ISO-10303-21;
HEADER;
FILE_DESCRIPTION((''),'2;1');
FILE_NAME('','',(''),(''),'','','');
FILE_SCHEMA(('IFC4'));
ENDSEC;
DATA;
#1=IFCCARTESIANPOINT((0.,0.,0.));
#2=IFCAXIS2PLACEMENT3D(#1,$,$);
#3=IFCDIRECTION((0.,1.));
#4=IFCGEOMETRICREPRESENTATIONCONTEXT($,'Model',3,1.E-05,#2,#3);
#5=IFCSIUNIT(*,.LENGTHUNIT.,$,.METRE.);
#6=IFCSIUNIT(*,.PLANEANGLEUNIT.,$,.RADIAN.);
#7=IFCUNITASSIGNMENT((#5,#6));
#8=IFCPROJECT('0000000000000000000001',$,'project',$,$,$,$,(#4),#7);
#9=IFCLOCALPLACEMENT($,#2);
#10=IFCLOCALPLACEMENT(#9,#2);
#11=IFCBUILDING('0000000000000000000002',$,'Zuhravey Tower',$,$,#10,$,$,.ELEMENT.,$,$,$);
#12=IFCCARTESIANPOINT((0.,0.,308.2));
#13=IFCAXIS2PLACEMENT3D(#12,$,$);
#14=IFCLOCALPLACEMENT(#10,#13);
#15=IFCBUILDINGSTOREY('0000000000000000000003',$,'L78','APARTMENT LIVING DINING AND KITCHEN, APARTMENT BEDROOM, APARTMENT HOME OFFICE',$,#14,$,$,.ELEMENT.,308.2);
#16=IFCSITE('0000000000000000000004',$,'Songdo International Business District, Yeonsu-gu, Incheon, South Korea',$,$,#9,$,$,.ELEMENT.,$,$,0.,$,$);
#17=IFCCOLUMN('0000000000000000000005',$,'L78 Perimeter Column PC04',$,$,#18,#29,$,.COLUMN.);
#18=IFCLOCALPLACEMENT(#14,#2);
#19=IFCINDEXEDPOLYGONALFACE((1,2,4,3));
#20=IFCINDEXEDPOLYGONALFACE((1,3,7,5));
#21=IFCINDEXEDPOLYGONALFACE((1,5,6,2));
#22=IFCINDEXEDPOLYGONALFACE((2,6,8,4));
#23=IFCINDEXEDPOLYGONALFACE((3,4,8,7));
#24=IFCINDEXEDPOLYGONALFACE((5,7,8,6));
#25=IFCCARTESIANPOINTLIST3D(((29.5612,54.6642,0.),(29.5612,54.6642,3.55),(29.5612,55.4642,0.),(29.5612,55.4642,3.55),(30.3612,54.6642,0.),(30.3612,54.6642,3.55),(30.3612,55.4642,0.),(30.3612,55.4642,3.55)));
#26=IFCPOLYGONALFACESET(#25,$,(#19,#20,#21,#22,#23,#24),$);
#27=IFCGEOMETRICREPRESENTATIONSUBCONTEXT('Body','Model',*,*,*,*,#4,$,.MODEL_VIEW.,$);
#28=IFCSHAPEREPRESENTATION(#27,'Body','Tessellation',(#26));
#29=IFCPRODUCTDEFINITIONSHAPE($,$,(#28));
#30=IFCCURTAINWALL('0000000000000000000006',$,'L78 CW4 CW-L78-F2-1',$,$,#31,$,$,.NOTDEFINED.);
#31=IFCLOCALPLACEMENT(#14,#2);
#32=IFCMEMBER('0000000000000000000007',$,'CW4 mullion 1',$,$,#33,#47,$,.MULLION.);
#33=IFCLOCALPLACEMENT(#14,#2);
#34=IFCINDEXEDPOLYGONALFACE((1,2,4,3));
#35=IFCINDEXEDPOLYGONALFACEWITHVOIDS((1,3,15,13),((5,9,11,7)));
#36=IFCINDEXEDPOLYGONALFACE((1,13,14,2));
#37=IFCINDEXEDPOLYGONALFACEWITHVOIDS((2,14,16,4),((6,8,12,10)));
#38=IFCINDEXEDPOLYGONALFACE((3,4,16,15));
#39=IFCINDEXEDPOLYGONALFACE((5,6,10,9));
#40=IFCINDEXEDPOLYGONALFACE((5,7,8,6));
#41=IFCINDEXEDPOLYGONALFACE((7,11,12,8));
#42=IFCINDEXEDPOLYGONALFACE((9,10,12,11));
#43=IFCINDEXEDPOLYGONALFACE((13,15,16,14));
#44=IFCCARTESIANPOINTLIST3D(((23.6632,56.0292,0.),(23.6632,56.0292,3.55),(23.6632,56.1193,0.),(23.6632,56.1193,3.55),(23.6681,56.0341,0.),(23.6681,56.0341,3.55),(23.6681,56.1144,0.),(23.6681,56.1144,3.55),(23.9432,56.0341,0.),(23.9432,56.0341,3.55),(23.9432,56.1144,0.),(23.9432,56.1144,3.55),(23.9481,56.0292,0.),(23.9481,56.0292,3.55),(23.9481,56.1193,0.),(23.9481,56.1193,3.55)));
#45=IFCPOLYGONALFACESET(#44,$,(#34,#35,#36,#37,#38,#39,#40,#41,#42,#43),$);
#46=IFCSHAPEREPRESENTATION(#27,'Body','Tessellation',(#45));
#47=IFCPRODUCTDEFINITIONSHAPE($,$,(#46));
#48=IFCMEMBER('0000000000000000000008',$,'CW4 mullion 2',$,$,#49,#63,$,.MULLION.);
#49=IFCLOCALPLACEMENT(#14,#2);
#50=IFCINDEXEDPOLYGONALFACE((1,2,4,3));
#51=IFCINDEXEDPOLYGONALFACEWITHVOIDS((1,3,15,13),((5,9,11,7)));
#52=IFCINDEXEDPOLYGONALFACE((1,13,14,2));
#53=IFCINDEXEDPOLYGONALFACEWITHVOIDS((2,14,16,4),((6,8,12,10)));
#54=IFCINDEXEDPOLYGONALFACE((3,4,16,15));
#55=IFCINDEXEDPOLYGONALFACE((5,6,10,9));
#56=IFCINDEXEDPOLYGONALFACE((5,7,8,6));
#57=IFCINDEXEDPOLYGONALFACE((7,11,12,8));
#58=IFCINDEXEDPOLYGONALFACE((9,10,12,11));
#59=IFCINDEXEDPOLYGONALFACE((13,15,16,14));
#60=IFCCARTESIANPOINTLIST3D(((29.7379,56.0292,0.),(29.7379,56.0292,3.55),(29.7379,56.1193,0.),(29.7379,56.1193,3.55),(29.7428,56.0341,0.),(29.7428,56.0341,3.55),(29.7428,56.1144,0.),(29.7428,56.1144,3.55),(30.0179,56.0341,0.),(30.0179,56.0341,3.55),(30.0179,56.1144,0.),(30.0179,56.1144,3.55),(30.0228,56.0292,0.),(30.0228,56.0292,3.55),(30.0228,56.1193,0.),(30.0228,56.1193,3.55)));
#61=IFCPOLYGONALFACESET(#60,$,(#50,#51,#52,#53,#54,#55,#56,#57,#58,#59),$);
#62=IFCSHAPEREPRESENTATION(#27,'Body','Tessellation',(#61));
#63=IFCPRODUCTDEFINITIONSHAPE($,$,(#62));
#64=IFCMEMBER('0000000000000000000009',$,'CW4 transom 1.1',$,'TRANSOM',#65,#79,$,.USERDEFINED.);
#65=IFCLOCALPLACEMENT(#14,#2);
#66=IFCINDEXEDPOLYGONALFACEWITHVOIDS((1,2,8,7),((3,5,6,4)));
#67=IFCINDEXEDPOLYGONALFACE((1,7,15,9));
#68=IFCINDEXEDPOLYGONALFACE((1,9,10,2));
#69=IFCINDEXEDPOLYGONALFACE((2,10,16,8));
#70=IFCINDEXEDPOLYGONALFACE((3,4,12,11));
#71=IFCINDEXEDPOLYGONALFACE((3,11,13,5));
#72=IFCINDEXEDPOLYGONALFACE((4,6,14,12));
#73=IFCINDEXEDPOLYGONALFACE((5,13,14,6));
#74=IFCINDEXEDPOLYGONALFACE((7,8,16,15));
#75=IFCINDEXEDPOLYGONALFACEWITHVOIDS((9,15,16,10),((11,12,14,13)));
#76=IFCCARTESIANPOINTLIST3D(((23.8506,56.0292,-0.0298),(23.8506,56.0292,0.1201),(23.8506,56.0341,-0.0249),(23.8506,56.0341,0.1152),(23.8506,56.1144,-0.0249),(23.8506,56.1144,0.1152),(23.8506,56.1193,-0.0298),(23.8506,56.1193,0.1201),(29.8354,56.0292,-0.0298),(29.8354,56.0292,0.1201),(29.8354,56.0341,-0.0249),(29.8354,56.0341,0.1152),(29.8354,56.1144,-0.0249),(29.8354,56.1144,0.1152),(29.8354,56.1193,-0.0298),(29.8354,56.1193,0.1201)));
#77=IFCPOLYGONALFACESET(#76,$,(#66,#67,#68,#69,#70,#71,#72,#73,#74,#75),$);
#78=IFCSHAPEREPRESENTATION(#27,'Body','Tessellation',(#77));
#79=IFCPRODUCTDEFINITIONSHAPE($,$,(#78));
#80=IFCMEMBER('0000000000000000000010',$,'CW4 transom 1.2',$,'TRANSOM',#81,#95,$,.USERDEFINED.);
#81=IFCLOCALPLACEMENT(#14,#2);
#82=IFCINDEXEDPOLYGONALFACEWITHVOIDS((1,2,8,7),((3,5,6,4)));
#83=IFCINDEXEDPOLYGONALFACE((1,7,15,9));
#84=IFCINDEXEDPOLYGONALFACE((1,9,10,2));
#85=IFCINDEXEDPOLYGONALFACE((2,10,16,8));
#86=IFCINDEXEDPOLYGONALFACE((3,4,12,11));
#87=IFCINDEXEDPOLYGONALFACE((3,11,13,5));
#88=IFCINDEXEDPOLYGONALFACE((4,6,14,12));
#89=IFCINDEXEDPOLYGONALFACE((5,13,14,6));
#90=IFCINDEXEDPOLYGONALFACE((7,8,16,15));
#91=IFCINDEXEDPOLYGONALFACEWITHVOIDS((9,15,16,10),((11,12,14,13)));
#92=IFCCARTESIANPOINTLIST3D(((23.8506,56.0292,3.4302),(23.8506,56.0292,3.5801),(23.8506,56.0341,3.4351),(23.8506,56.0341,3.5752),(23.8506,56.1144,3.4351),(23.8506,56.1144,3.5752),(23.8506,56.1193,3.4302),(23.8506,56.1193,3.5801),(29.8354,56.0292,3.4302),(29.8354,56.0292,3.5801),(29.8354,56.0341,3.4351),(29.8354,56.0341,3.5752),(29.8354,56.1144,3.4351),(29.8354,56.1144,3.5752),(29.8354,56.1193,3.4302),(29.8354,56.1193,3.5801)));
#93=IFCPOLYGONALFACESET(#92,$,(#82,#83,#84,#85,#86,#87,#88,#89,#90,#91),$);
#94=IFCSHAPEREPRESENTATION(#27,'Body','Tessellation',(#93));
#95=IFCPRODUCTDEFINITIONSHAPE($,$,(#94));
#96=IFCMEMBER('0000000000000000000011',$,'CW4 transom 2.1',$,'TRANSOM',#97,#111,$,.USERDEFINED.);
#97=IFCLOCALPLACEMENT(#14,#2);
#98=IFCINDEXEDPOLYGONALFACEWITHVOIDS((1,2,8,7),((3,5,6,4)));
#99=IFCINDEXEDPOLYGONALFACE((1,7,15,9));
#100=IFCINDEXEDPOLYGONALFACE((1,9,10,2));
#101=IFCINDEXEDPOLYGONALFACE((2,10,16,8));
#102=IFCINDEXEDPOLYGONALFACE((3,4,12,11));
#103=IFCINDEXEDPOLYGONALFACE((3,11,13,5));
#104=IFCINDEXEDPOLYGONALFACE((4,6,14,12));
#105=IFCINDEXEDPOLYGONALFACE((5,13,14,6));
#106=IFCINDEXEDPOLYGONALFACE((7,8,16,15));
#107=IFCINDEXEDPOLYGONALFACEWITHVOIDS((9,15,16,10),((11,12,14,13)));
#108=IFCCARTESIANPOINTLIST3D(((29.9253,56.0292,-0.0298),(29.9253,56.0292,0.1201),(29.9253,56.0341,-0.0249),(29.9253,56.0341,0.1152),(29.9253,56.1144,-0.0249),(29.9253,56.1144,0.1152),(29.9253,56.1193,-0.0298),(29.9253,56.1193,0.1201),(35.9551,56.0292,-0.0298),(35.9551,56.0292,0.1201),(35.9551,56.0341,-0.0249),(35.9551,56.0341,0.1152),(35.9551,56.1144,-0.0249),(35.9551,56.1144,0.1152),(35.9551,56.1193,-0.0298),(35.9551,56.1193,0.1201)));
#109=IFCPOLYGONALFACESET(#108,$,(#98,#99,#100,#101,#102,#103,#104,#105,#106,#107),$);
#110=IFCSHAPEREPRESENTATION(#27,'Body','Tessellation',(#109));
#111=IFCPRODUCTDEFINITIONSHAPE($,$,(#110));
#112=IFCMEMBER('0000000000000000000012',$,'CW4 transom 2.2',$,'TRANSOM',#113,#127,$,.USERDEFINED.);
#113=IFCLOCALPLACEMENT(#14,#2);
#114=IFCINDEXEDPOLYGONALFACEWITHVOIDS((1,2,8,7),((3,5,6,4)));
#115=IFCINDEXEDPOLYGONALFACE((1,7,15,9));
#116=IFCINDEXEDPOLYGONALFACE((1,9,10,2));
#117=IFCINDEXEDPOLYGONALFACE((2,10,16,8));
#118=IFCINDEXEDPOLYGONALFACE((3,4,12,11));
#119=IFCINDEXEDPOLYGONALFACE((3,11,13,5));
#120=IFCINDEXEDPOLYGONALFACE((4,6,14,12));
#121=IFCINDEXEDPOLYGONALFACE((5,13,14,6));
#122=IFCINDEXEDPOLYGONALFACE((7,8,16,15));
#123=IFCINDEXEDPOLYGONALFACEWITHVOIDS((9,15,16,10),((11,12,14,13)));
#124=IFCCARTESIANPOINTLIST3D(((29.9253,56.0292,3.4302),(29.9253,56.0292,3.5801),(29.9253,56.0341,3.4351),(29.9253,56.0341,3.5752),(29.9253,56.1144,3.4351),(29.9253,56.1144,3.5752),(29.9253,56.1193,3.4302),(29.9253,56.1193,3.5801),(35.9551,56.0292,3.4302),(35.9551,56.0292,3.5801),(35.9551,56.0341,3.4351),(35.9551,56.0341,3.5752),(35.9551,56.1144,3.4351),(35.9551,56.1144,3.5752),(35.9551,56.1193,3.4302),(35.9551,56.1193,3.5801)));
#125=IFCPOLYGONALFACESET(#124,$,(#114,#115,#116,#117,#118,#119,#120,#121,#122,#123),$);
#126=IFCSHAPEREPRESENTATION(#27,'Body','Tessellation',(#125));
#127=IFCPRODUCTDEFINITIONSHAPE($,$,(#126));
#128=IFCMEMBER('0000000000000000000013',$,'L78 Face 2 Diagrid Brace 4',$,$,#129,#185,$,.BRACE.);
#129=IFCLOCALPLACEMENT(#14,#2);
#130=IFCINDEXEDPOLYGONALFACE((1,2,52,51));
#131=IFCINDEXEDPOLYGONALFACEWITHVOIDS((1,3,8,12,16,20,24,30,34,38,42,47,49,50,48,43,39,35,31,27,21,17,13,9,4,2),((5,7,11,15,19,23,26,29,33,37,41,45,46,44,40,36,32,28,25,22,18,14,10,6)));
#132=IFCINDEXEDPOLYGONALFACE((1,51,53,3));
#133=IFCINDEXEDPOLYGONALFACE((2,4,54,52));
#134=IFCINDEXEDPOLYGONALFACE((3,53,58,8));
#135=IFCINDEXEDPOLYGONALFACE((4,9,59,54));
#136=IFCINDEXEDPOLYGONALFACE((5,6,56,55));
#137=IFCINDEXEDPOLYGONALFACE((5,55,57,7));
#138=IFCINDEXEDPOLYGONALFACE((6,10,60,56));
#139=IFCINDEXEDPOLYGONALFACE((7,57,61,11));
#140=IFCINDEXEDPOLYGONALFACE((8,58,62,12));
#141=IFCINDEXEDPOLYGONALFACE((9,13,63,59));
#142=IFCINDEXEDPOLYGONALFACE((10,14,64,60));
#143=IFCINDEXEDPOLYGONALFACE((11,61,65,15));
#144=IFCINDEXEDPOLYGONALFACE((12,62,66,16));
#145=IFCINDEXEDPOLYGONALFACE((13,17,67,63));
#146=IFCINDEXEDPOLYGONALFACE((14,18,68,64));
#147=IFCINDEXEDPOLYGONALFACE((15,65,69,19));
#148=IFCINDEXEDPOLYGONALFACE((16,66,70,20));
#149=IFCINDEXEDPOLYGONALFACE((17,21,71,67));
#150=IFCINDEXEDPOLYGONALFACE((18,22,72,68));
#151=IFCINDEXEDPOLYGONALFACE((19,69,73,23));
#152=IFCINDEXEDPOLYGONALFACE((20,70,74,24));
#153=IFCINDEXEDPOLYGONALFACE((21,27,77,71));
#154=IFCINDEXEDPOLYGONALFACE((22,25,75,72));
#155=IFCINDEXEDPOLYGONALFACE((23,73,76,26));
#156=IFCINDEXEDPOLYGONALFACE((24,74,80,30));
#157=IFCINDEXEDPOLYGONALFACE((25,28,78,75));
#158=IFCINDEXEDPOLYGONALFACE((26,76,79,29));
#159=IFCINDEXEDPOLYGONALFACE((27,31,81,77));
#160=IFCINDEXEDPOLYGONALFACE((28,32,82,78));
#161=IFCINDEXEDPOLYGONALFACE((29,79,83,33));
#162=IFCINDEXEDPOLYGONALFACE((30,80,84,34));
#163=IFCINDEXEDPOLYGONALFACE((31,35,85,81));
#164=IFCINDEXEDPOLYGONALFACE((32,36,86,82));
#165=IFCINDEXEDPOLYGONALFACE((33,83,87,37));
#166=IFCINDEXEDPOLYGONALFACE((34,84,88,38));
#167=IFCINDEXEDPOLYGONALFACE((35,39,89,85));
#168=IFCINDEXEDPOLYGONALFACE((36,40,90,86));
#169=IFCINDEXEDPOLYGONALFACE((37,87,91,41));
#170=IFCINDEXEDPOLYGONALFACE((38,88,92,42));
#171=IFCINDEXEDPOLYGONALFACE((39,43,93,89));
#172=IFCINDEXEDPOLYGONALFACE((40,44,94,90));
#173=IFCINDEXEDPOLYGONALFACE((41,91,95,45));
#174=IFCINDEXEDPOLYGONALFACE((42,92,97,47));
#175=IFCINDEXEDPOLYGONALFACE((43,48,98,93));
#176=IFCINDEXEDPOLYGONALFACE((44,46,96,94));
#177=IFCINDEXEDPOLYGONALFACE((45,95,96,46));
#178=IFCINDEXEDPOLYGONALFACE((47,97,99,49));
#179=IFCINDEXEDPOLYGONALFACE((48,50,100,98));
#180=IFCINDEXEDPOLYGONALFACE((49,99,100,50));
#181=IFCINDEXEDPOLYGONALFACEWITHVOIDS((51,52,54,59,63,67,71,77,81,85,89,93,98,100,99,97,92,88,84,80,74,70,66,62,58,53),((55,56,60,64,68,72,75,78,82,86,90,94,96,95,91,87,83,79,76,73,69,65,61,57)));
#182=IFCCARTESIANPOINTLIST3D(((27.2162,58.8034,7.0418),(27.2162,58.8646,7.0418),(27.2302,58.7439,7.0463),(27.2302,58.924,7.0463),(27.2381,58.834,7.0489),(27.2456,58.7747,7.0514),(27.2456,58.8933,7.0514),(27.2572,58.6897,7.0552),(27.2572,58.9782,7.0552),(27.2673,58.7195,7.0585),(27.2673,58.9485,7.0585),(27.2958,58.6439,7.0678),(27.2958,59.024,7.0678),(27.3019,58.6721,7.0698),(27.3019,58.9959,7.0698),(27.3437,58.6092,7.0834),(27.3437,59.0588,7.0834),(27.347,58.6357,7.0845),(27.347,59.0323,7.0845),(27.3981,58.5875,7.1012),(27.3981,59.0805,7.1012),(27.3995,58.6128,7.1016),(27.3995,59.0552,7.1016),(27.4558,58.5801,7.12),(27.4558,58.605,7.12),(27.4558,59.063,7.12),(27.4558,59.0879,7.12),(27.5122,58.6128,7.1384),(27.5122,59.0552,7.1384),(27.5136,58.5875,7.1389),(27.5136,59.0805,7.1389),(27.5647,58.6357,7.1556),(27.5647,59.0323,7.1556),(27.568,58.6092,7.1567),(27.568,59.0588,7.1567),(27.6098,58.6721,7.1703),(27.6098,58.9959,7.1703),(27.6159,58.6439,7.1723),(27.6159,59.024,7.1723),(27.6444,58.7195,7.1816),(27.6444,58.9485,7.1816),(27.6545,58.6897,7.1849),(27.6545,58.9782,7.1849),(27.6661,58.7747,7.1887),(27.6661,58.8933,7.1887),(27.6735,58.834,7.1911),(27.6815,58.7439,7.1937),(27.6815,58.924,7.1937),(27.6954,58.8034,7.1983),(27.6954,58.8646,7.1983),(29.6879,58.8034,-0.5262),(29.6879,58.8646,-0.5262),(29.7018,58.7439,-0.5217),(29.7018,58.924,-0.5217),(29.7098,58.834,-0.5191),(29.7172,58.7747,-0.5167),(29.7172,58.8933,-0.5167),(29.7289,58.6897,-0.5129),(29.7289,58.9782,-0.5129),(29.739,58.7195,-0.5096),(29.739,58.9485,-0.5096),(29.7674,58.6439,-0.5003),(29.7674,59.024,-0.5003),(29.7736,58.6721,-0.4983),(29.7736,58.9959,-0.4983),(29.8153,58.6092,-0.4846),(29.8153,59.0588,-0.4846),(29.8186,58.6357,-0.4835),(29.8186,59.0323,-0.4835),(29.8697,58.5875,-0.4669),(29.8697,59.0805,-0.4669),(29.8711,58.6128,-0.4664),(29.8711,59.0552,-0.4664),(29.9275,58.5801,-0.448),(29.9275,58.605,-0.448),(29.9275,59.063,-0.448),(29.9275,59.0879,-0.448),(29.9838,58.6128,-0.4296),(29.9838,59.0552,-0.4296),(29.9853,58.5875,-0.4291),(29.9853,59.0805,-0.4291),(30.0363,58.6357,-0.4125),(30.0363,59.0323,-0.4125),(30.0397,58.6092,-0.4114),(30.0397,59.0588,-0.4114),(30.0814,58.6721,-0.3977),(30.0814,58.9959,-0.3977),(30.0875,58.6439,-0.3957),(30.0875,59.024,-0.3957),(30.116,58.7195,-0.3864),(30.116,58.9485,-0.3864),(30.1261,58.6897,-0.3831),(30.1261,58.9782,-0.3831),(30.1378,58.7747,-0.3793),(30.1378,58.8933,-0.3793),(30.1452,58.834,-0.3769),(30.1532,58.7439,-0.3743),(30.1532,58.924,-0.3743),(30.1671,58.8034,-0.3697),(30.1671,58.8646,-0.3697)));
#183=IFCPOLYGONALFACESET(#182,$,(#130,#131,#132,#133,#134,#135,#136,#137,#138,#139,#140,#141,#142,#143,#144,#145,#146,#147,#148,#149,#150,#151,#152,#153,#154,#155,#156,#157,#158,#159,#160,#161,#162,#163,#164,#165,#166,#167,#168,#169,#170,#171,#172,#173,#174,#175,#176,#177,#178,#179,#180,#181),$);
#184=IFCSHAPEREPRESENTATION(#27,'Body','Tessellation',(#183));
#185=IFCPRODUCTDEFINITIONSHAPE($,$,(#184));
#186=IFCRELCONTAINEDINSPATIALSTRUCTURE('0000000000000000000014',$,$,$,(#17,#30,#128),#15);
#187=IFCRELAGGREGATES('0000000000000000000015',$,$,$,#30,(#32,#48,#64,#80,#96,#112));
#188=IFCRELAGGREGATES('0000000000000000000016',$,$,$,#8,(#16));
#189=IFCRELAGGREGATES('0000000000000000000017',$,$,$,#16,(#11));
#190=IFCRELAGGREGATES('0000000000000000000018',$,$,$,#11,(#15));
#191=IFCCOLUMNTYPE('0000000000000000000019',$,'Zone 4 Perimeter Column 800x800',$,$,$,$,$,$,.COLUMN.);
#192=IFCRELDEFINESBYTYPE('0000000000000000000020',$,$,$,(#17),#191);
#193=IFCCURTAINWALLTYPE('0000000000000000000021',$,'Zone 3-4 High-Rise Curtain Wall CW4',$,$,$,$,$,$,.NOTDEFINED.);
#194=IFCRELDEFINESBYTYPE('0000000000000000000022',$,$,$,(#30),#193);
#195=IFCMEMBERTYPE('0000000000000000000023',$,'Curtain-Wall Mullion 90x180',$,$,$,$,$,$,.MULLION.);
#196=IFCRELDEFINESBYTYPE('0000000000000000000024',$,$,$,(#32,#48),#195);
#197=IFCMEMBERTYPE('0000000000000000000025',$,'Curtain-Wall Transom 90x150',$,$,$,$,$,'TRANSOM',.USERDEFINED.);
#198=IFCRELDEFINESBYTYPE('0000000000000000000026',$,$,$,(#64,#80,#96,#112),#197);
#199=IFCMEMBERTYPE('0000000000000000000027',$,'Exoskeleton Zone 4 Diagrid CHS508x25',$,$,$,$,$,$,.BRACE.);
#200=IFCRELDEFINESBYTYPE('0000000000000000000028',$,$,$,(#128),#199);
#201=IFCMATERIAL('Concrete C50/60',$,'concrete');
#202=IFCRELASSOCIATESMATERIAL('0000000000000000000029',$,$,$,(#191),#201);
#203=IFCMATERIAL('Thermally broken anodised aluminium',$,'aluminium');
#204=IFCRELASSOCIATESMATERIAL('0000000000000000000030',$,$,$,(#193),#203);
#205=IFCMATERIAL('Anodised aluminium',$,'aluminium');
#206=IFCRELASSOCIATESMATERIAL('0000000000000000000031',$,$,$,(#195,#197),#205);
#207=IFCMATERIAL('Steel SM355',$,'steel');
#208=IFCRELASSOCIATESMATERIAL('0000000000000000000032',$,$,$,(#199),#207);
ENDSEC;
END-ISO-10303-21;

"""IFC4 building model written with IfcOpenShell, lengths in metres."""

from ifc_helpers import new_model, si_unit, direction, frame, origin, origin_2d, place, context, subcontext, project, spatial, rectangle, hollow_rectangle, hollow_circle, extrude, material, material_profile, profile_set, type_object, element, aggregate, save


model = new_model("IFC4")

# Units and contexts
model_context = context("Model", 3, precision=1e-05, world=origin(), true_north=direction((0.0, 1.0)))
body_context = subcontext(model_context, "Body", "Model", "MODEL_VIEW")
ifc_project = project(units=[si_unit("LENGTHUNIT", "METRE"), si_unit("PLANEANGLEUNIT", "RADIAN")], contexts=[model_context])

# Site, building, storey
site_placement = place(None, origin())
site = spatial("IfcSite", under=ifc_project, at=site_placement, Name="Songdo International Business District, Yeonsu-gu, Incheon, South Korea", CompositionType="ELEMENT", RefElevation=0.0)
building_placement = place(site_placement, origin())
building = spatial("IfcBuilding", under=site, at=building_placement, Name="Zuhravey Tower", CompositionType="ELEMENT")
storey_placement = place(building_placement, frame((0.0, 0.0, 308.2)))
storey = spatial("IfcBuildingStorey", under=building, at=storey_placement, Name="L78", Description="APARTMENT LIVING DINING AND KITCHEN, APARTMENT BEDROOM, APARTMENT HOME OFFICE", CompositionType="ELEMENT", Elevation=308.2)

# Column
ifc_material_1 = material(Name="Concrete C50/60", Category="concrete")
ifc_material_profile_1 = material_profile(ifc_material_1, rectangle(XDim=0.8, YDim=0.8, at=origin_2d()), Name="RC-800x800")
ifc_profile_set_1 = profile_set([ifc_material_profile_1], Name="Concrete C50/60")
column_type = type_object("IfcColumnType", Name="Zone 4 Perimeter Column 800x800", PredefinedType="COLUMN", material=ifc_profile_set_1)
column_placement = place(storey_placement, frame((29.9612, 55.0642, 0.0), z_axis=(0.0, 0.0, 1.0), x_axis=(-1.0, 0.0, 0.0)))
element("IfcColumn", 1, at=column_placement, inside=storey, type_object=column_type, Name="L78 Perimeter Column PC04", PredefinedType="COLUMN", context=body_context, shape_type="SweptSolid", body=[
    extrude(rectangle(XDim=0.8, YDim=0.8, at=origin_2d()), origin(), (0.0, 0.0, 1.0), 3.55),
])

# Curtain wall, members
ifc_material_2 = material(Name="Thermally broken anodised aluminium", Category="aluminium")
curtain_wall_type = type_object("IfcCurtainWallType", Name="Zone 3-4 High-Rise Curtain Wall CW4", PredefinedType="NOTDEFINED", material=ifc_material_2)
curtain_wall_placement = place(storey_placement, origin())
curtain_wall = element("IfcCurtainWall", 2, at=curtain_wall_placement, inside=storey, type_object=curtain_wall_type, Name="L78 CW4 CW-L78-F2-1", PredefinedType="NOTDEFINED")
ifc_material_3 = material(Name="Anodised aluminium", Category="aluminium")
ifc_material_profile_2 = material_profile(ifc_material_3, hollow_rectangle(XDim=0.0901, YDim=0.2849, WallThickness=0.0049, at=origin_2d()), Name="ALU-RHS-90x285x5")
ifc_profile_set_2 = profile_set([ifc_material_profile_2], Name="Anodised aluminium")
member_type_1 = type_object("IfcMemberType", Name="Curtain-Wall Mullion 90x180", PredefinedType="MULLION", material=ifc_profile_set_2)
member_1_placement = place(storey_placement, frame((23.8057, 56.0742, 0.0), z_axis=(0.0, 0.0, 1.0), x_axis=(0.0, 1.0, 0.0)))
member_1 = element("IfcMember", 3, at=member_1_placement, type_object=member_type_1, Name="CW4 mullion 1", PredefinedType="MULLION", context=body_context, shape_type="SweptSolid", body=[
    extrude(hollow_rectangle(XDim=0.0901, YDim=0.2849, WallThickness=0.0049, at=origin_2d()), origin(), (0.0, 0.0, 1.0), 3.55),
])
member_2_placement = place(storey_placement, frame((29.8804, 56.0742, 0.0), z_axis=(0.0, 0.0, 1.0), x_axis=(0.0, 1.0, 0.0)))
member_2 = element("IfcMember", 4, at=member_2_placement, type_object=member_type_1, Name="CW4 mullion 2", PredefinedType="MULLION", context=body_context, shape_type="SweptSolid", body=[
    extrude(hollow_rectangle(XDim=0.0901, YDim=0.2849, WallThickness=0.0049, at=origin_2d()), origin(), (0.0, 0.0, 1.0), 3.55),
])
ifc_material_profile_3 = material_profile(ifc_material_3, hollow_rectangle(XDim=0.0901, YDim=0.1499, WallThickness=0.0049, at=origin_2d()), Name="ALU-RHS-90x150x5")
ifc_profile_set_3 = profile_set([ifc_material_profile_3], Name="Anodised aluminium")
member_type_2 = type_object("IfcMemberType", Name="Curtain-Wall Transom 90x150", ElementType="TRANSOM", PredefinedType="USERDEFINED", material=ifc_profile_set_3)
member_3_placement = place(storey_placement, frame((23.8506, 56.0742, 0.0452), z_axis=(1.0, 0.0, 0.0), x_axis=(0.0, 1.0, 0.0)))
member_3 = element("IfcMember", 5, at=member_3_placement, type_object=member_type_2, Name="CW4 transom 1.1", ObjectType="TRANSOM", PredefinedType="USERDEFINED", context=body_context, shape_type="SweptSolid", body=[
    extrude(hollow_rectangle(XDim=0.0901, YDim=0.1499, WallThickness=0.0049, at=origin_2d()), origin(), (0.0, 0.0, 1.0), 5.9849),
])
member_4_placement = place(storey_placement, frame((23.8506, 56.0742, 3.5051), z_axis=(1.0, 0.0, 0.0), x_axis=(0.0, 1.0, 0.0)))
member_4 = element("IfcMember", 6, at=member_4_placement, type_object=member_type_2, Name="CW4 transom 1.2", ObjectType="TRANSOM", PredefinedType="USERDEFINED", context=body_context, shape_type="SweptSolid", body=[
    extrude(hollow_rectangle(XDim=0.0901, YDim=0.1499, WallThickness=0.0049, at=origin_2d()), origin(), (0.0, 0.0, 1.0), 5.9849),
])
member_5_placement = place(storey_placement, frame((29.9253, 56.0742, 0.0452), z_axis=(1.0, 0.0, 0.0), x_axis=(0.0, 1.0, 0.0)))
member_5 = element("IfcMember", 7, at=member_5_placement, type_object=member_type_2, Name="CW4 transom 2.1", ObjectType="TRANSOM", PredefinedType="USERDEFINED", context=body_context, shape_type="SweptSolid", body=[
    extrude(hollow_rectangle(XDim=0.0901, YDim=0.1499, WallThickness=0.0049, at=origin_2d()), origin(), (0.0, 0.0, 1.0), 6.0298),
])
member_6_placement = place(storey_placement, frame((29.9253, 56.0742, 3.5051), z_axis=(1.0, 0.0, 0.0), x_axis=(0.0, 1.0, 0.0)))
member_6 = element("IfcMember", 8, at=member_6_placement, type_object=member_type_2, Name="CW4 transom 2.2", ObjectType="TRANSOM", PredefinedType="USERDEFINED", context=body_context, shape_type="SweptSolid", body=[
    extrude(hollow_rectangle(XDim=0.0901, YDim=0.1499, WallThickness=0.0049, at=origin_2d()), origin(), (0.0, 0.0, 1.0), 6.0298),
])

# Member
ifc_material_4 = material(Name="Steel SM355", Category="steel")
ifc_material_profile_4 = material_profile(ifc_material_4, hollow_circle(Radius=0.2539, WallThickness=0.0249, at=origin_2d()), Name="CHS-508.0x25")
ifc_profile_set_4 = profile_set([ifc_material_profile_4], Name="Steel SM355")
member_type_3 = type_object("IfcMemberType", Name="Exoskeleton Zone 4 Diagrid CHS508x25", PredefinedType="BRACE", material=ifc_profile_set_4)
member_7_placement = place(storey_placement, frame((29.9275, 58.834, -0.448), z_axis=(-0.310454, 0.0, 0.950588), x_axis=(0.0, -1.0, 0.0)))
element("IfcMember", 9, at=member_7_placement, inside=storey, type_object=member_type_3, Name="L78 Face 2 Diagrid Brace 4", PredefinedType="BRACE", context=body_context, shape_type="SweptSolid", body=[
    extrude(hollow_circle(Radius=0.2539, WallThickness=0.0249, at=origin_2d()), origin(), (0.0, 0.0, 1.0), 7.9614),
])

aggregate(curtain_wall, [member_1, member_2, member_3, member_4, member_5, member_6])

save(model, "model.ifc")
